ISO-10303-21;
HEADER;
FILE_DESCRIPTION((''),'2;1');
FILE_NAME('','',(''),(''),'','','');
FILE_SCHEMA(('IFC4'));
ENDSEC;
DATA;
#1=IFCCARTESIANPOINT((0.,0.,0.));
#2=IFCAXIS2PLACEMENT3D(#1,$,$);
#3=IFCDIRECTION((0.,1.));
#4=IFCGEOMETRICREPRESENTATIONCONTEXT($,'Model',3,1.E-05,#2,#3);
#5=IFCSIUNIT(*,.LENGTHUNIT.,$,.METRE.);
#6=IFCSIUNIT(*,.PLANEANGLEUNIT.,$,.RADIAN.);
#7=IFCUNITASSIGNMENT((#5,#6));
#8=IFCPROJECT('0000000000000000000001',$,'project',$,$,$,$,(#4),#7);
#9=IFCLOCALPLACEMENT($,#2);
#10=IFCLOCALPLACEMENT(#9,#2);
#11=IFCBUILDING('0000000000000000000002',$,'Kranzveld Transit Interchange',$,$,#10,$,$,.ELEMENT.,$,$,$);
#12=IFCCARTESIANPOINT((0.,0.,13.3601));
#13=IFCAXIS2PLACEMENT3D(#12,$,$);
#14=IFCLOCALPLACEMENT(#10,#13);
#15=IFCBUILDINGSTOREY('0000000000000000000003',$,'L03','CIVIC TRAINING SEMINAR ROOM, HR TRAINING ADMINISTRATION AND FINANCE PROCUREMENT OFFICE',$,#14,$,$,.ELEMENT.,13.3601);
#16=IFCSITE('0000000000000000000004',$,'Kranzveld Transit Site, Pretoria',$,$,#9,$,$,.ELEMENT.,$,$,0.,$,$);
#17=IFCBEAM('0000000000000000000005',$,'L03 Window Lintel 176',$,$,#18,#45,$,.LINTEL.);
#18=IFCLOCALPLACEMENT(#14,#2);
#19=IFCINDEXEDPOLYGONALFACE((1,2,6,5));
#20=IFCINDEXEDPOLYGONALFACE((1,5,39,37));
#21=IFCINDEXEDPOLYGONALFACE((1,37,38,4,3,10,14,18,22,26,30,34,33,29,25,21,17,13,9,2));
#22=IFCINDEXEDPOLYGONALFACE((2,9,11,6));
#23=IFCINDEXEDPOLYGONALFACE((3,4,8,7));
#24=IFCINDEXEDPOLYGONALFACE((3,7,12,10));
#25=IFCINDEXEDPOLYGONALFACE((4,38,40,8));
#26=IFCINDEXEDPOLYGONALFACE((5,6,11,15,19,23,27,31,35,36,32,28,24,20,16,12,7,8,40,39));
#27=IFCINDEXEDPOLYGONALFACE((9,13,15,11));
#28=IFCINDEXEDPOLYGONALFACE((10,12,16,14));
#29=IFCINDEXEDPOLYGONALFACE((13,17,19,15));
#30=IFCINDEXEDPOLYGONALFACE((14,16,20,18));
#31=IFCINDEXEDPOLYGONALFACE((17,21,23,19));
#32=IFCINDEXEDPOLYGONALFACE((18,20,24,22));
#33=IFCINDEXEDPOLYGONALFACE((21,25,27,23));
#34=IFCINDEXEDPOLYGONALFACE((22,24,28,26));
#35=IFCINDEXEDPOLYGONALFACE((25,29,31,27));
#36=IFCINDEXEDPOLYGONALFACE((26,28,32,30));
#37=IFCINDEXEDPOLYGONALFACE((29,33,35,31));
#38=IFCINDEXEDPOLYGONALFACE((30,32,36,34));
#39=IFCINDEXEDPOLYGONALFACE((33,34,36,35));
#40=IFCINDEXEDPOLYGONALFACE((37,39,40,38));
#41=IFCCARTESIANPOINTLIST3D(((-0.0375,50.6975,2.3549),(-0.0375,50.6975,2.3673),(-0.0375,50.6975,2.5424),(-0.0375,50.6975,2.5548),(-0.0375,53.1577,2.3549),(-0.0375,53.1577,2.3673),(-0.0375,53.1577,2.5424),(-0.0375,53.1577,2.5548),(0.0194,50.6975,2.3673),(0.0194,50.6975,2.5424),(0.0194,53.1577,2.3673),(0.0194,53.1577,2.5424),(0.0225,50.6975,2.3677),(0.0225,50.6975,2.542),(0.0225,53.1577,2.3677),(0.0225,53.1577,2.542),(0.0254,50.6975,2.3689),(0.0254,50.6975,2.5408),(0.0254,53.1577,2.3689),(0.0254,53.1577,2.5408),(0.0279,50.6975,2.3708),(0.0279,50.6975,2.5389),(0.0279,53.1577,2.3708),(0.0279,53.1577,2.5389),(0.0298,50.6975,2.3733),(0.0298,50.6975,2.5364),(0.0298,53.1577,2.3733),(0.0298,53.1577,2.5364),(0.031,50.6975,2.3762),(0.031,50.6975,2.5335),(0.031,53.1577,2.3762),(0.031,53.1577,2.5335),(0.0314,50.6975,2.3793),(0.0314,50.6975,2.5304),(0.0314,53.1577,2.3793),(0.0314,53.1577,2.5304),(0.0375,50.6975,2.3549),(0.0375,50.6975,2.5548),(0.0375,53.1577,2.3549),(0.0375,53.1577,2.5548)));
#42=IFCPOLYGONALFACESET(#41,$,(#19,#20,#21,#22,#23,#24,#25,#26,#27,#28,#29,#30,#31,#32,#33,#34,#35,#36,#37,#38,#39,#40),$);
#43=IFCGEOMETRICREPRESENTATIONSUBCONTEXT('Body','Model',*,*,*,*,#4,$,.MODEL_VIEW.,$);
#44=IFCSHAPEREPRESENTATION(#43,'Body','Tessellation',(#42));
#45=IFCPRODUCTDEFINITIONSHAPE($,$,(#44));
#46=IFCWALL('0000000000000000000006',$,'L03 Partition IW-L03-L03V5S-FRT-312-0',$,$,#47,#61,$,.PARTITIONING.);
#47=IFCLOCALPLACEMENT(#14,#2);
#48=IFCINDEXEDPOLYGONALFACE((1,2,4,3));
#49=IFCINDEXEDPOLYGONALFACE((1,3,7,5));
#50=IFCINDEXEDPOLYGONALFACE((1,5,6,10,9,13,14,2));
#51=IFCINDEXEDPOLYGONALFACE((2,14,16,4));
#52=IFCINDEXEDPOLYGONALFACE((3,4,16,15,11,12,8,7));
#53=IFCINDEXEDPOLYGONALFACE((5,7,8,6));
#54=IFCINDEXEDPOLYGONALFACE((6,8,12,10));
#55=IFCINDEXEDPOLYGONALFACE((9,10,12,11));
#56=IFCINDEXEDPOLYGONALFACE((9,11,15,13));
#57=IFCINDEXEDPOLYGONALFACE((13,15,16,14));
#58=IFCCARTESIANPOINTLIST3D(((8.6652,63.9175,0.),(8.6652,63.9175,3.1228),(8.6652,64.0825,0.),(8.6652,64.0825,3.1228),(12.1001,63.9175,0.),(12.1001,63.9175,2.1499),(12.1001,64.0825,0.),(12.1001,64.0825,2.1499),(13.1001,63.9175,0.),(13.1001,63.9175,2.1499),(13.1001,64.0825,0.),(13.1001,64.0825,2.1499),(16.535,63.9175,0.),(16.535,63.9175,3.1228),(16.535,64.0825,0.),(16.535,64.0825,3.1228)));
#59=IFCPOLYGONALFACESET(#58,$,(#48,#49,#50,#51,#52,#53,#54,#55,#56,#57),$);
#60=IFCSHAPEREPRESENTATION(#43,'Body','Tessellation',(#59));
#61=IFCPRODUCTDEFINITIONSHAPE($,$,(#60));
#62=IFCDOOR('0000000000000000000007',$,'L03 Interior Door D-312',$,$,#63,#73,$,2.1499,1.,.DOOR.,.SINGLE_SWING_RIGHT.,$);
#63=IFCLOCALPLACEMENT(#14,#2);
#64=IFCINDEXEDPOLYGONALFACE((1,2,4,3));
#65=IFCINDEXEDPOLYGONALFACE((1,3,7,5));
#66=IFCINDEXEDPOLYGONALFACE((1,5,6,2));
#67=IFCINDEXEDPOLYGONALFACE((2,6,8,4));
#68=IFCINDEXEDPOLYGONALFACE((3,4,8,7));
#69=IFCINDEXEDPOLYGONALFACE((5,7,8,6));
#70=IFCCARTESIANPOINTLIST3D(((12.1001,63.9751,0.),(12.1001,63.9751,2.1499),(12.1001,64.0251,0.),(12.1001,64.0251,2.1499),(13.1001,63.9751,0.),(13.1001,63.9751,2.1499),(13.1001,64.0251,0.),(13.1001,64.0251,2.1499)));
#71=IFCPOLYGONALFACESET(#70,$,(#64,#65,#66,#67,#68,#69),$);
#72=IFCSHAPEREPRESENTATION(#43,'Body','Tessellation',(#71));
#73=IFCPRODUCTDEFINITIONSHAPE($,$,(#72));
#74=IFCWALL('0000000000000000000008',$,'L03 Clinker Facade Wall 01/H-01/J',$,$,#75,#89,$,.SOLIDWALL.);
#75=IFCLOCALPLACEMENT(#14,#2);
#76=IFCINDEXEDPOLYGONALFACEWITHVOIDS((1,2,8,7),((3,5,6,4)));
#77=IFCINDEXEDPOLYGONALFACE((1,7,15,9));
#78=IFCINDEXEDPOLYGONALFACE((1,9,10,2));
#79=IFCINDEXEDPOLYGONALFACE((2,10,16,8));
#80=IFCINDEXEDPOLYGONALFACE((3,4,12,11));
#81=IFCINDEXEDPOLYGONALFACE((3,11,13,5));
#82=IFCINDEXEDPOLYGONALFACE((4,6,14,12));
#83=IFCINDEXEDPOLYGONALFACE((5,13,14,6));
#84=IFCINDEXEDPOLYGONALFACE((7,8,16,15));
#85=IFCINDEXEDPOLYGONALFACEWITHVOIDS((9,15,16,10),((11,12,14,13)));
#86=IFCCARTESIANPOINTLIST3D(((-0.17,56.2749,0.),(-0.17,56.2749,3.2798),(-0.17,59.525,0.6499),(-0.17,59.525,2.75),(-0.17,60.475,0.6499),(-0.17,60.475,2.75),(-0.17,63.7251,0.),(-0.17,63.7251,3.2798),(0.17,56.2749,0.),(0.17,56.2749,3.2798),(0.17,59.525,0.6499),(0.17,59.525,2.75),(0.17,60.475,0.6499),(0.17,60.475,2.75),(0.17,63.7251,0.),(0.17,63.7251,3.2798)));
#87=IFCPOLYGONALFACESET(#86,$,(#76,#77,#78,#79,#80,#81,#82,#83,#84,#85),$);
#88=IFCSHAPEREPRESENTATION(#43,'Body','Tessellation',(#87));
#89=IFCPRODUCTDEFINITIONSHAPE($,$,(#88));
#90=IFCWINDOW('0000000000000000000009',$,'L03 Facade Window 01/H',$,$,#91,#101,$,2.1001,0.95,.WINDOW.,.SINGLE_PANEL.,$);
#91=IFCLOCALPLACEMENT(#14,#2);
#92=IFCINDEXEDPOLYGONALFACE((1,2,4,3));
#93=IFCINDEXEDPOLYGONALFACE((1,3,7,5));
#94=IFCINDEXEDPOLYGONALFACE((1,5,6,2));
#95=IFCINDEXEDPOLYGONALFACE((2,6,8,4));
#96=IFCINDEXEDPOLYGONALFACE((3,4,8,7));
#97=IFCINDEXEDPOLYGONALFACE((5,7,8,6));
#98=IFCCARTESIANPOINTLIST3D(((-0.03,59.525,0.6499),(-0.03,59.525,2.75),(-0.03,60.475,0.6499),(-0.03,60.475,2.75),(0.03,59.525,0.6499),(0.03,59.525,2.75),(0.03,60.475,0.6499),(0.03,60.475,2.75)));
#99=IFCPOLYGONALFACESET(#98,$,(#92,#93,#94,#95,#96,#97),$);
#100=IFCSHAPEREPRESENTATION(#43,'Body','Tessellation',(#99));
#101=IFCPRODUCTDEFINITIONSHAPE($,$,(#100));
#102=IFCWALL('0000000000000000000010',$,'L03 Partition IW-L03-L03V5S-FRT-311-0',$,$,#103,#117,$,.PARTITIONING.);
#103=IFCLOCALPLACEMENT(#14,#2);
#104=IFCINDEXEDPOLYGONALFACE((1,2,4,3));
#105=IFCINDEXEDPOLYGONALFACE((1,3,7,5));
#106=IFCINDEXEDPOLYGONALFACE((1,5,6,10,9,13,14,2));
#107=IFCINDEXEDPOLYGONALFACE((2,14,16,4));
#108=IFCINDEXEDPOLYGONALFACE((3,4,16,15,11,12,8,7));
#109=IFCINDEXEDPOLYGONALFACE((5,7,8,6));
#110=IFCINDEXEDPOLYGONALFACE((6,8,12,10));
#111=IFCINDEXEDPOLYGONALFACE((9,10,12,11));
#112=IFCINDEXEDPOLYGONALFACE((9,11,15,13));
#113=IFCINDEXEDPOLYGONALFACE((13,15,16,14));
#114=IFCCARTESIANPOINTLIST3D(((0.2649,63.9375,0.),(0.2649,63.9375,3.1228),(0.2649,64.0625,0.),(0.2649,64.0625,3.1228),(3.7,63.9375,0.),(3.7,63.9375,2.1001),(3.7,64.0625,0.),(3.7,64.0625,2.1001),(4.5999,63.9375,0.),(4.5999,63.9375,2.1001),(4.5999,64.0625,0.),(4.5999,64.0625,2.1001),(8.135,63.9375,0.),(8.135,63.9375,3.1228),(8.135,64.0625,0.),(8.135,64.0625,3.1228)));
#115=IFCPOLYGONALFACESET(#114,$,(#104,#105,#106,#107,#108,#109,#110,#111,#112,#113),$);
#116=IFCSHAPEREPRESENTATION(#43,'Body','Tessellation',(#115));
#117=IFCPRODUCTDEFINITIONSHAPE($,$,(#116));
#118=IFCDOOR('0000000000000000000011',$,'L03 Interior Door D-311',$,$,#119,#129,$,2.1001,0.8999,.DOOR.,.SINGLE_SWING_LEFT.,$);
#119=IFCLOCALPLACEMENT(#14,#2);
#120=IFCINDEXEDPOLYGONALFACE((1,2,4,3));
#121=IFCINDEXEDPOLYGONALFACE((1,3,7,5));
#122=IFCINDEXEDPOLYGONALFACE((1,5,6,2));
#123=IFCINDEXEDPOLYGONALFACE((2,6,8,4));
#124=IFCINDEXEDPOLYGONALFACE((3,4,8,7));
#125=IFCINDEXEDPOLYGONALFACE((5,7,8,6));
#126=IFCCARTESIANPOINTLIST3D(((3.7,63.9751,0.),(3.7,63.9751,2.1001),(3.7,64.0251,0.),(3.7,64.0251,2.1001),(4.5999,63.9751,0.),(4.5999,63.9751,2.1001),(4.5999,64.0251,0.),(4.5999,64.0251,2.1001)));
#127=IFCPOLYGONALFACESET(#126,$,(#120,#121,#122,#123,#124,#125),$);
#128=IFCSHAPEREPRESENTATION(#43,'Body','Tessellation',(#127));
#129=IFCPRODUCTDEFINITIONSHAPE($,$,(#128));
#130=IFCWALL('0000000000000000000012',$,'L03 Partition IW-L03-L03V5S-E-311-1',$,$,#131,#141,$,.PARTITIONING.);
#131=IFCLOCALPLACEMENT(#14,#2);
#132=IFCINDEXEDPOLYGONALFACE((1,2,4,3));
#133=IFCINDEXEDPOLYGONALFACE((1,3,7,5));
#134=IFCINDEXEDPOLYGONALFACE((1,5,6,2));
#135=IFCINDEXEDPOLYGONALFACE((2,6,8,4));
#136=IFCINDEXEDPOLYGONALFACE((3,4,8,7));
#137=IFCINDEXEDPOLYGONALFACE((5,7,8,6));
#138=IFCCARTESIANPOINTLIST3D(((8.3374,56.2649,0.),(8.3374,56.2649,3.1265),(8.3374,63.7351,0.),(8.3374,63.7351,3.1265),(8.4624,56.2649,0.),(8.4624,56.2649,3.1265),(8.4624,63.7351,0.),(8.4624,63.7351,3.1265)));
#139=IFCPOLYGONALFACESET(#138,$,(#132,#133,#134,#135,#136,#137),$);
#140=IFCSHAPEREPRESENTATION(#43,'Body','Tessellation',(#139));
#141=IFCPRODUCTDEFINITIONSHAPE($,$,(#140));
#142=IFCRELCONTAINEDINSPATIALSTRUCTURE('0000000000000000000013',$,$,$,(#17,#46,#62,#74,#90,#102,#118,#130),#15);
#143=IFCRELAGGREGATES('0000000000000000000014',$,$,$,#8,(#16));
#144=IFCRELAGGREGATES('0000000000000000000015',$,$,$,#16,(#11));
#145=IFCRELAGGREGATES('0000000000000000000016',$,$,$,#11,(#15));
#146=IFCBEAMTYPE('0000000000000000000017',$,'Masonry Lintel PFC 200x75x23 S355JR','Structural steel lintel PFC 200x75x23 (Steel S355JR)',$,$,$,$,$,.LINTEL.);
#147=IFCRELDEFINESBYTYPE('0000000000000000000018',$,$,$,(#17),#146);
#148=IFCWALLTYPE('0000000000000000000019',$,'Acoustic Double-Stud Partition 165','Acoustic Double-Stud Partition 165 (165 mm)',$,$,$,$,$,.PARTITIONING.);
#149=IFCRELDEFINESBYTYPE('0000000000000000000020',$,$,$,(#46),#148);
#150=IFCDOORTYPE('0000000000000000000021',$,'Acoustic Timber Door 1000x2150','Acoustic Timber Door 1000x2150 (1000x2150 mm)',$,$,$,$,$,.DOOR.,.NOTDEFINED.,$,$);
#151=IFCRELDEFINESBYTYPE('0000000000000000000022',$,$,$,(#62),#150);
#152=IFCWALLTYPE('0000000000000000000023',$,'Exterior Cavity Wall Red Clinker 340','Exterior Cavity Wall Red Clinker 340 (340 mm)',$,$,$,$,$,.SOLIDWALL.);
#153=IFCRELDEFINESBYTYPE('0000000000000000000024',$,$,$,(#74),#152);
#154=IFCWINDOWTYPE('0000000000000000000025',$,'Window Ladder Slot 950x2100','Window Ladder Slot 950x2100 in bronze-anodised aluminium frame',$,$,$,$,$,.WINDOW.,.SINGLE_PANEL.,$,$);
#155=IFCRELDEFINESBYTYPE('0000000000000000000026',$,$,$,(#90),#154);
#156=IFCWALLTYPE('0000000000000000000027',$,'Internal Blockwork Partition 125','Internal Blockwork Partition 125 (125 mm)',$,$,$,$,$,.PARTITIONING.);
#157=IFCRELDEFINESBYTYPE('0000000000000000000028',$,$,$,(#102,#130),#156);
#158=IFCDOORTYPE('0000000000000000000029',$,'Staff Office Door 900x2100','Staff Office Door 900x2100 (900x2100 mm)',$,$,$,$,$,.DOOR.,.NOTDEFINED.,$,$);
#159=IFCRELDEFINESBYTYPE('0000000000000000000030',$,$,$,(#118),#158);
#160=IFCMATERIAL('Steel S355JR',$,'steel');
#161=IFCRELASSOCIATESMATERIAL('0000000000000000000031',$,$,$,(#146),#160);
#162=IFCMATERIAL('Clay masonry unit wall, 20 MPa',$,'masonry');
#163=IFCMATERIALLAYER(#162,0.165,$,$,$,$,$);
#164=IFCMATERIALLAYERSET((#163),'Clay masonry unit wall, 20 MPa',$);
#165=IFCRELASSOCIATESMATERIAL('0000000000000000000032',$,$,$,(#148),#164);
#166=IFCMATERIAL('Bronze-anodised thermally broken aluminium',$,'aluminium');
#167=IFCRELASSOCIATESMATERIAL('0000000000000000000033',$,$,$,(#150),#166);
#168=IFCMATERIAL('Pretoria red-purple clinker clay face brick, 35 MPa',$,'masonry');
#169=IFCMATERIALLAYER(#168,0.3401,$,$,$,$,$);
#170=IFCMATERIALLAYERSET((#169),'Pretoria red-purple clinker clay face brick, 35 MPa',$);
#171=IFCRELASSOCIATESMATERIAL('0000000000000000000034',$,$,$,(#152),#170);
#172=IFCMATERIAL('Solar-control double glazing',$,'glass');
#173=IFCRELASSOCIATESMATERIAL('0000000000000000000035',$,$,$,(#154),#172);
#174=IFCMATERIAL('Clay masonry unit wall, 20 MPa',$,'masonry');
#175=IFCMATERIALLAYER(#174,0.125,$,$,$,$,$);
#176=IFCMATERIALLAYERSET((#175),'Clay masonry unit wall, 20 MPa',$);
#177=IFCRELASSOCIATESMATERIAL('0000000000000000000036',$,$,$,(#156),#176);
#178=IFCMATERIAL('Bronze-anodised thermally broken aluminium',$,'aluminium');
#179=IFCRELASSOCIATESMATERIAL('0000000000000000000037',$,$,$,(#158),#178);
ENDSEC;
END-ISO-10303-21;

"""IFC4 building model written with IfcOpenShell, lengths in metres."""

from ifc_helpers import new_model, si_unit, direction, frame, frame_2d, origin, origin_2d, place, context, subcontext, project, spatial, rectangle, u_section, extrude, material, layer, layer_set, material_profile, profile_set, type_object, element, fill, save


model = new_model("IFC4")

# Units and contexts
model_context = context("Model", 3, precision=1e-05, world=origin(), true_north=direction((0.0, 1.0)))
body_context = subcontext(model_context, "Body", "Model", "MODEL_VIEW")
ifc_project = project(units=[si_unit("LENGTHUNIT", "METRE"), si_unit("PLANEANGLEUNIT", "RADIAN")], contexts=[model_context])

# Site, building, storey
site_placement = place(None, origin())
site = spatial("IfcSite", under=ifc_project, at=site_placement, Name="Kranzveld Transit Site, Pretoria", CompositionType="ELEMENT", RefElevation=0.0)
building_placement = place(site_placement, origin())
building = spatial("IfcBuilding", under=site, at=building_placement, Name="Kranzveld Transit Interchange", CompositionType="ELEMENT")
storey_placement = place(building_placement, frame((0.0, 0.0, 13.3601)))
storey = spatial("IfcBuildingStorey", under=building, at=storey_placement, Name="L03", Description="CIVIC TRAINING SEMINAR ROOM, HR TRAINING ADMINISTRATION AND FINANCE PROCUREMENT OFFICE", CompositionType="ELEMENT", Elevation=13.3601)

# Beam
ifc_material_1 = material(Name="Steel S355JR", Category="steel")
ifc_material_profile_1 = material_profile(ifc_material_1, u_section(Depth=0.2, FlangeWidth=0.075, WebThickness=0.0061, FlangeThickness=0.0125, FilletRadius=0.012, at=origin_2d()), Name="PFC 200x75x23")
ifc_profile_set_1 = profile_set([ifc_material_profile_1], Name="Steel S355JR")
beam_type_1 = type_object("IfcBeamType", Name="Masonry Lintel PFC 200x75x23 S355JR", Description="Structural steel lintel PFC 200x75x23 (Steel S355JR)", PredefinedType="LINTEL", material=ifc_profile_set_1)
beam_1_placement = place(storey_placement, frame((0.0, 50.6975, 2.4548), z_axis=(0.0, 1.0, 0.0), x_axis=(-1.0, 0.0, 0.0)))
element("IfcBeam", 1, at=beam_1_placement, inside=storey, type_object=beam_type_1, Name="L03 Window Lintel 176", PredefinedType="LINTEL", context=body_context, shape_type="SweptSolid", body=[
    extrude(u_section(Depth=0.2, FlangeWidth=0.075, WebThickness=0.0061, FlangeThickness=0.0125, FilletRadius=0.012, at=origin_2d()), origin(), (0.0, 0.0, 1.0), 2.4602),
])

# Wall, opening, door
ifc_material_2 = material(Name="Clay masonry unit wall, 20 MPa", Category="masonry")
ifc_layer_1 = layer(ifc_material_2, 0.165)
ifc_layer_set_1 = layer_set([ifc_layer_1], Name="Clay masonry unit wall, 20 MPa")
wall_type_1 = type_object("IfcWallType", Name="Acoustic Double-Stud Partition 165", Description="Acoustic Double-Stud Partition 165 (165 mm)", PredefinedType="PARTITIONING", material=ifc_layer_set_1)
wall_1_placement = place(storey_placement, frame((8.665, 64.0, 0.0), z_axis=(0.0, 0.0, 1.0), x_axis=(1.0, 0.0, 0.0)))
wall_1 = element("IfcWall", 2, at=wall_1_placement, inside=storey, type_object=wall_type_1, Name="L03 Partition IW-L03-L03V5S-FRT-312-0", PredefinedType="PARTITIONING", context=body_context, shape_type="SweptSolid", body=[
    extrude(rectangle(XDim=7.8699, YDim=0.165, at=frame_2d((3.9351, 0.0))), origin(), (0.0, 0.0, 1.0), 3.1228),
])
opening_1_placement = place(wall_1_placement, frame((4.4351, 0.0, 0.0), z_axis=(0.0, 0.0, 1.0), x_axis=(-1.0, 0.0, 0.0)))
opening_1 = element("IfcOpeningElement", 3, at=opening_1_placement, cuts=wall_1, PredefinedType="OPENING", context=body_context, shape_type="SweptSolid", body=[
    extrude(rectangle(XDim=1.0, YDim=2.1499, at=frame_2d((0.5, 1.075))), frame((0.0, 0.0925, 0.0), z_axis=(0.0, -1.0, 0.0), x_axis=(1.0, 0.0, 0.0)), (0.0, 0.0, 1.0), 0.1851),
])
ifc_material_3 = material(Name="Bronze-anodised thermally broken aluminium", Category="aluminium")
door_type_1 = type_object("IfcDoorType", Name="Acoustic Timber Door 1000x2150", Description="Acoustic Timber Door 1000x2150 (1000x2150 mm)", OperationType="NOTDEFINED", PredefinedType="DOOR", material=ifc_material_3)
door_1_placement = place(opening_1_placement, origin())
door_1 = element("IfcDoor", 4, at=door_1_placement, inside=storey, type_object=door_type_1, Name="L03 Interior Door D-312", OperationType="SINGLE_SWING_RIGHT", OverallHeight=2.1499, OverallWidth=1.0, PredefinedType="DOOR", context=body_context, shape_type="SweptSolid", body=[
    extrude(rectangle(XDim=1.0, YDim=2.1499, at=frame_2d((0.5, 1.075))), frame((0.0, 0.0249, 0.0), z_axis=(0.0, -1.0, 0.0), x_axis=(1.0, 0.0, 0.0)), (0.0, 0.0, 1.0), 0.05),
])
fill(opening_1, door_1)

# Wall, opening, window
ifc_material_4 = material(Name="Pretoria red-purple clinker clay face brick, 35 MPa", Category="masonry")
ifc_layer_2 = layer(ifc_material_4, 0.3401)
ifc_layer_set_2 = layer_set([ifc_layer_2], Name="Pretoria red-purple clinker clay face brick, 35 MPa")
wall_type_2 = type_object("IfcWallType", Name="Exterior Cavity Wall Red Clinker 340", Description="Exterior Cavity Wall Red Clinker 340 (340 mm)", PredefinedType="SOLIDWALL", material=ifc_layer_set_2)
wall_2_placement = place(storey_placement, frame((0.0, 56.2749, 0.0), z_axis=(0.0, 0.0, 1.0), x_axis=(0.0, 1.0, 0.0)))
wall_2 = element("IfcWall", 5, at=wall_2_placement, inside=storey, type_object=wall_type_2, Name="L03 Clinker Facade Wall 01/H-01/J", PredefinedType="SOLIDWALL", context=body_context, shape_type="SweptSolid", body=[
    extrude(rectangle(XDim=7.4502, YDim=0.3401, at=frame_2d((3.7251, 0.0))), origin(), (0.0, 0.0, 1.0), 3.2798),
])
opening_2_placement = place(wall_2_placement, frame((3.25, 0.0, 0.6499), z_axis=(0.0, 0.0, 1.0), x_axis=(1.0, 0.0, 0.0)))
opening_2 = element("IfcOpeningElement", 6, at=opening_2_placement, cuts=wall_2, PredefinedType="OPENING", context=body_context, shape_type="SweptSolid", body=[
    extrude(rectangle(XDim=0.95, YDim=2.1001, at=frame_2d((0.4751, 1.05))), frame((0.0, 0.1799, 0.0), z_axis=(0.0, -1.0, 0.0), x_axis=(1.0, 0.0, 0.0)), (0.0, 0.0, 1.0), 0.3601),
])
ifc_material_5 = material(Name="Solar-control double glazing", Category="glass")
window_type = type_object("IfcWindowType", Name="Window Ladder Slot 950x2100", Description="Window Ladder Slot 950x2100 in bronze-anodised aluminium frame", PartitioningType="SINGLE_PANEL", PredefinedType="WINDOW", material=ifc_material_5)
window_placement = place(opening_2_placement, origin())
window = element("IfcWindow", 7, at=window_placement, inside=storey, type_object=window_type, Name="L03 Facade Window 01/H", OverallHeight=2.1001, OverallWidth=0.95, PartitioningType="SINGLE_PANEL", PredefinedType="WINDOW", context=body_context, shape_type="SweptSolid", body=[
    extrude(rectangle(XDim=0.95, YDim=2.1001, at=frame_2d((0.4751, 1.05))), frame((0.0, 0.03, 0.0), z_axis=(0.0, -1.0, 0.0), x_axis=(1.0, 0.0, 0.0)), (0.0, 0.0, 1.0), 0.0601),
])
fill(opening_2, window)

# Wall, opening, door
ifc_material_6 = material(Name="Clay masonry unit wall, 20 MPa", Category="masonry")
ifc_layer_3 = layer(ifc_material_6, 0.125)
ifc_layer_set_3 = layer_set([ifc_layer_3], Name="Clay masonry unit wall, 20 MPa")
wall_type_3 = type_object("IfcWallType", Name="Internal Blockwork Partition 125", Description="Internal Blockwork Partition 125 (125 mm)", PredefinedType="PARTITIONING", material=ifc_layer_set_3)
wall_3_placement = place(storey_placement, frame((0.2649, 64.0, 0.0), z_axis=(0.0, 0.0, 1.0), x_axis=(1.0, 0.0, 0.0)))
wall_3 = element("IfcWall", 8, at=wall_3_placement, inside=storey, type_object=wall_type_3, Name="L03 Partition IW-L03-L03V5S-FRT-311-0", PredefinedType="PARTITIONING", context=body_context, shape_type="SweptSolid", body=[
    extrude(rectangle(XDim=7.8701, YDim=0.125, at=frame_2d((3.9351, 0.0))), origin(), (0.0, 0.0, 1.0), 3.1228),
])
opening_3_placement = place(wall_3_placement, frame((4.335, 0.0, 0.0), z_axis=(0.0, 0.0, 1.0), x_axis=(-1.0, 0.0, 0.0)))
opening_3 = element("IfcOpeningElement", 9, at=opening_3_placement, cuts=wall_3, PredefinedType="OPENING", context=body_context, shape_type="SweptSolid", body=[
    extrude(rectangle(XDim=0.8999, YDim=2.1001, at=frame_2d((0.45, 1.05))), frame((0.0, 0.0725, 0.0), z_axis=(0.0, -1.0, 0.0), x_axis=(1.0, 0.0, 0.0)), (0.0, 0.0, 1.0), 0.145),
])
ifc_material_7 = material(Name="Bronze-anodised thermally broken aluminium", Category="aluminium")
door_type_2 = type_object("IfcDoorType", Name="Staff Office Door 900x2100", Description="Staff Office Door 900x2100 (900x2100 mm)", OperationType="NOTDEFINED", PredefinedType="DOOR", material=ifc_material_7)
door_2_placement = place(opening_3_placement, origin())
door_2 = element("IfcDoor", 10, at=door_2_placement, inside=storey, type_object=door_type_2, Name="L03 Interior Door D-311", OperationType="SINGLE_SWING_LEFT", OverallHeight=2.1001, OverallWidth=0.8999, PredefinedType="DOOR", context=body_context, shape_type="SweptSolid", body=[
    extrude(rectangle(XDim=0.8999, YDim=2.1001, at=frame_2d((0.45, 1.05))), frame((0.0, 0.0249, 0.0), z_axis=(0.0, -1.0, 0.0), x_axis=(1.0, 0.0, 0.0)), (0.0, 0.0, 1.0), 0.05),
])
fill(opening_3, door_2)

# Wall
wall_4_placement = place(storey_placement, frame((8.3999, 56.2649, 0.0), z_axis=(0.0, 0.0, 1.0), x_axis=(0.0, 1.0, 0.0)))
element("IfcWall", 11, at=wall_4_placement, inside=storey, type_object=wall_type_3, Name="L03 Partition IW-L03-L03V5S-E-311-1", PredefinedType="PARTITIONING", context=body_context, shape_type="SweptSolid", body=[
    extrude(rectangle(XDim=7.4702, YDim=0.125, at=frame_2d((3.7351, 0.0))), origin(), (0.0, 0.0, 1.0), 3.1265),
])

save(model, "model.ifc")
